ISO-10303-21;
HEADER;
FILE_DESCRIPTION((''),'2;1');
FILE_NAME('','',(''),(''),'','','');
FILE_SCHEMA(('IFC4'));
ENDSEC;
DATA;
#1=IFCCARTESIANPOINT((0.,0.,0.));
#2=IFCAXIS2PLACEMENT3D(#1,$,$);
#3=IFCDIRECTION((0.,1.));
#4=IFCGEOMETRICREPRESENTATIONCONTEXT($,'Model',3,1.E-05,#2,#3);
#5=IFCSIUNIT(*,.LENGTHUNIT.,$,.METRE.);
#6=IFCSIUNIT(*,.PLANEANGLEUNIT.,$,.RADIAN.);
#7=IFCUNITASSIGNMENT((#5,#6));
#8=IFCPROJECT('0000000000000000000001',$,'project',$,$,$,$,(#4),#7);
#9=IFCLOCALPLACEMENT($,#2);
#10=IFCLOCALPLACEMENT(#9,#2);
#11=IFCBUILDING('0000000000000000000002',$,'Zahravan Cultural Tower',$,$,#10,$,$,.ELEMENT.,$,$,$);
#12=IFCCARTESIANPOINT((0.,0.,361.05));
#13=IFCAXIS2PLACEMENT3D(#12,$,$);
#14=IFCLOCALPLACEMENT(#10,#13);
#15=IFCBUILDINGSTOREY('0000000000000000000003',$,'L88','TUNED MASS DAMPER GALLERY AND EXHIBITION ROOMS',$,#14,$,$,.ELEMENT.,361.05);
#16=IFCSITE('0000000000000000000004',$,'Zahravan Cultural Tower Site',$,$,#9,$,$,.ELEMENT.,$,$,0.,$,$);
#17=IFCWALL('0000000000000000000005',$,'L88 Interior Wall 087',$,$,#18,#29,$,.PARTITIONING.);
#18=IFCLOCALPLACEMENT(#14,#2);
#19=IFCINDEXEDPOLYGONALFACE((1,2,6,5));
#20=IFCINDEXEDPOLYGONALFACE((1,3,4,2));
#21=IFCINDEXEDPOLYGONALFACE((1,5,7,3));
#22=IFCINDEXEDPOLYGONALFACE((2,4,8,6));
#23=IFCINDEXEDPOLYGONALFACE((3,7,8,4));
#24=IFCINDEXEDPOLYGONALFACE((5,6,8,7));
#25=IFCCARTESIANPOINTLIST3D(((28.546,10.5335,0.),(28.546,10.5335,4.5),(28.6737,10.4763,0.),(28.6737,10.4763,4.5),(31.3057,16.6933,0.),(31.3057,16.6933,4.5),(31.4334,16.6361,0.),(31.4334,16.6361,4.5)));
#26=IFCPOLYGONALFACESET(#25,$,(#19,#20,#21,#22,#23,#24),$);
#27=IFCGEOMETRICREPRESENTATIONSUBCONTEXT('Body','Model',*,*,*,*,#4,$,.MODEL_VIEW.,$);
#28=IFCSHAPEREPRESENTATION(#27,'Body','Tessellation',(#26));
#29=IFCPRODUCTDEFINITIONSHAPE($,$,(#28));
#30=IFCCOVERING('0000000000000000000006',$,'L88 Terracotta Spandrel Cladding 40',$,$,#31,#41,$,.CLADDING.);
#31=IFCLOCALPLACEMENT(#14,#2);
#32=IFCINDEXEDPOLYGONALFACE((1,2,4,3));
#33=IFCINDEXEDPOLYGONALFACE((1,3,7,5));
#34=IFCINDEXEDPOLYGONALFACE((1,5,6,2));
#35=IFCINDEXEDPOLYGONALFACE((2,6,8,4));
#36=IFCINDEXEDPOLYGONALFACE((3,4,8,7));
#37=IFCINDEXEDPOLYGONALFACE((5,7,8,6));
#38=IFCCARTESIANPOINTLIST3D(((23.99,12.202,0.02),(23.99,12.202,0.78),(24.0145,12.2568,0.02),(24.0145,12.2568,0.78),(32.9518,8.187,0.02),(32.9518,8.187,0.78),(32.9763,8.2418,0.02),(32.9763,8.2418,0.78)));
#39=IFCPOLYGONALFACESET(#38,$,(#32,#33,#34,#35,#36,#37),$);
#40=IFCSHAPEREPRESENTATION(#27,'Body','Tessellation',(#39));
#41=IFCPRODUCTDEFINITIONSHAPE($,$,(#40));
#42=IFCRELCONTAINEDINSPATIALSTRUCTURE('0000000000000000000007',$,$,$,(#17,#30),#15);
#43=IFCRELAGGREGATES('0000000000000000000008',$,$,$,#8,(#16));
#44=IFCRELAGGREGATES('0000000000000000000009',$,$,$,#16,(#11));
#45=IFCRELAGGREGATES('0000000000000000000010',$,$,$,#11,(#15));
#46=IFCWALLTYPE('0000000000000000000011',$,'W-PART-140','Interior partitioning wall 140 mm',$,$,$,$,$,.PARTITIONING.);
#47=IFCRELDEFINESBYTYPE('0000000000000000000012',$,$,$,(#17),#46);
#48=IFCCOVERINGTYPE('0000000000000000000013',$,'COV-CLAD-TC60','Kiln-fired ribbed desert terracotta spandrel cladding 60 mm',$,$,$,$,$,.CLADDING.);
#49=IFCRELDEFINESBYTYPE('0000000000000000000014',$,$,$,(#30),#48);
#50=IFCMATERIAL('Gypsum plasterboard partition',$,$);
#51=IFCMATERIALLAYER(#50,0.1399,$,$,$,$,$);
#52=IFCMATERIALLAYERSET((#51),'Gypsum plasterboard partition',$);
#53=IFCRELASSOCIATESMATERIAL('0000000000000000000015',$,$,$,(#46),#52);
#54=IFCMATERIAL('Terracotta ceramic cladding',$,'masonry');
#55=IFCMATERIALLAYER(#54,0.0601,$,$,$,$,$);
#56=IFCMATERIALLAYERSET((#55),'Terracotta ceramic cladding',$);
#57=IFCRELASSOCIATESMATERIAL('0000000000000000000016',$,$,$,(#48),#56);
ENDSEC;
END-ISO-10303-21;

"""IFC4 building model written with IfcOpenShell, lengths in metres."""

from ifc_helpers import new_model, si_unit, direction, frame, frame_2d, origin, origin_2d, place, context, subcontext, project, spatial, rectangle, extrude, source, transform, mapped, material, layer, layer_set, type_object, element, save


model = new_model("IFC4")

# Units and contexts
model_context = context("Model", 3, precision=1e-05, world=origin(), true_north=direction((0.0, 1.0)))
body_context = subcontext(model_context, "Body", "Model", "MODEL_VIEW")
ifc_project = project(units=[si_unit("LENGTHUNIT", "METRE"), si_unit("PLANEANGLEUNIT", "RADIAN")], contexts=[model_context])

# Site, building, storey
site_placement = place(None, origin())
site = spatial("IfcSite", under=ifc_project, at=site_placement, Name="Zahravan Cultural Tower Site", CompositionType="ELEMENT", RefElevation=0.0)
building_placement = place(site_placement, origin())
building = spatial("IfcBuilding", under=site, at=building_placement, Name="Zahravan Cultural Tower", CompositionType="ELEMENT")
storey_placement = place(building_placement, frame((0.0, 0.0, 361.05)))
storey = spatial("IfcBuildingStorey", under=building, at=storey_placement, Name="L88", Description="TUNED MASS DAMPER GALLERY AND EXHIBITION ROOMS", CompositionType="ELEMENT", Elevation=361.05)

# Shared definitions
ifc_material_1 = material(Name="Gypsum plasterboard partition")
ifc_layer_1 = layer(ifc_material_1, 0.1399)
ifc_layer_set_1 = layer_set([ifc_layer_1], Name="Gypsum plasterboard partition")
wall_type_1 = type_object("IfcWallType", Name="W-PART-140", Description="Interior partitioning wall 140 mm", PredefinedType="PARTITIONING", material=ifc_layer_set_1)

# Wall
shared_shape_1 = source(origin(), body_context, "Body", "SweptSolid", [
    extrude(rectangle(XDim=6.7498, YDim=0.1399, at=frame_2d((3.375, 0.0))), origin(), (0.0, 0.0, 1.0), 4.5),
])
wall_1_placement = place(storey_placement, frame((31.3696, 16.6648, 0.0), z_axis=(0.0, 0.0, 1.0), x_axis=(-0.408862, -0.912596, 0.0)))
element("IfcWall", 1, at=wall_1_placement, inside=storey, type_object=wall_type_1, Name="L88 Interior Wall 087", PredefinedType="PARTITIONING", context=body_context, shape_type="MappedRepresentation", body=[
    mapped(shared_shape_1, transform((0.0, 0.0, 0.0), x_axis=(1.0, 0.0, 0.0), y_axis=(0.0, 1.0, 0.0), z_axis=(0.0, 0.0, 1.0), scale=1.0)),
])

# Covering
ifc_material_2 = material(Name="Terracotta ceramic cladding", Category="masonry")
ifc_layer_2 = layer(ifc_material_2, 0.0601)
ifc_layer_set_2 = layer_set([ifc_layer_2], Name="Terracotta ceramic cladding")
covering_type = type_object("IfcCoveringType", Name="COV-CLAD-TC60", Description="Kiln-fired ribbed desert terracotta spandrel cladding 60 mm", PredefinedType="CLADDING", material=ifc_layer_set_2)
shared_shape_2 = source(origin(), body_context, "Body", "SweptSolid", [
    extrude(rectangle(XDim=9.8201, YDim=0.0601, at=origin_2d()), origin(), (0.0, 0.0, 1.0), 0.76),
])
covering_placement = place(storey_placement, frame((28.4832, 10.2219, 0.02), z_axis=(0.0, 0.0, 1.0), x_axis=(-0.912599, 0.408856, 0.0)))
element("IfcCovering", 2, at=covering_placement, inside=storey, type_object=covering_type, Name="L88 Terracotta Spandrel Cladding 40", PredefinedType="CLADDING", context=body_context, shape_type="MappedRepresentation", body=[
    mapped(shared_shape_2, transform((0.0, 0.0, 0.0), x_axis=(1.0, 0.0, 0.0), y_axis=(0.0, 1.0, 0.0), z_axis=(0.0, 0.0, 1.0), scale=1.0)),
])

save(model, "model.ifc")
